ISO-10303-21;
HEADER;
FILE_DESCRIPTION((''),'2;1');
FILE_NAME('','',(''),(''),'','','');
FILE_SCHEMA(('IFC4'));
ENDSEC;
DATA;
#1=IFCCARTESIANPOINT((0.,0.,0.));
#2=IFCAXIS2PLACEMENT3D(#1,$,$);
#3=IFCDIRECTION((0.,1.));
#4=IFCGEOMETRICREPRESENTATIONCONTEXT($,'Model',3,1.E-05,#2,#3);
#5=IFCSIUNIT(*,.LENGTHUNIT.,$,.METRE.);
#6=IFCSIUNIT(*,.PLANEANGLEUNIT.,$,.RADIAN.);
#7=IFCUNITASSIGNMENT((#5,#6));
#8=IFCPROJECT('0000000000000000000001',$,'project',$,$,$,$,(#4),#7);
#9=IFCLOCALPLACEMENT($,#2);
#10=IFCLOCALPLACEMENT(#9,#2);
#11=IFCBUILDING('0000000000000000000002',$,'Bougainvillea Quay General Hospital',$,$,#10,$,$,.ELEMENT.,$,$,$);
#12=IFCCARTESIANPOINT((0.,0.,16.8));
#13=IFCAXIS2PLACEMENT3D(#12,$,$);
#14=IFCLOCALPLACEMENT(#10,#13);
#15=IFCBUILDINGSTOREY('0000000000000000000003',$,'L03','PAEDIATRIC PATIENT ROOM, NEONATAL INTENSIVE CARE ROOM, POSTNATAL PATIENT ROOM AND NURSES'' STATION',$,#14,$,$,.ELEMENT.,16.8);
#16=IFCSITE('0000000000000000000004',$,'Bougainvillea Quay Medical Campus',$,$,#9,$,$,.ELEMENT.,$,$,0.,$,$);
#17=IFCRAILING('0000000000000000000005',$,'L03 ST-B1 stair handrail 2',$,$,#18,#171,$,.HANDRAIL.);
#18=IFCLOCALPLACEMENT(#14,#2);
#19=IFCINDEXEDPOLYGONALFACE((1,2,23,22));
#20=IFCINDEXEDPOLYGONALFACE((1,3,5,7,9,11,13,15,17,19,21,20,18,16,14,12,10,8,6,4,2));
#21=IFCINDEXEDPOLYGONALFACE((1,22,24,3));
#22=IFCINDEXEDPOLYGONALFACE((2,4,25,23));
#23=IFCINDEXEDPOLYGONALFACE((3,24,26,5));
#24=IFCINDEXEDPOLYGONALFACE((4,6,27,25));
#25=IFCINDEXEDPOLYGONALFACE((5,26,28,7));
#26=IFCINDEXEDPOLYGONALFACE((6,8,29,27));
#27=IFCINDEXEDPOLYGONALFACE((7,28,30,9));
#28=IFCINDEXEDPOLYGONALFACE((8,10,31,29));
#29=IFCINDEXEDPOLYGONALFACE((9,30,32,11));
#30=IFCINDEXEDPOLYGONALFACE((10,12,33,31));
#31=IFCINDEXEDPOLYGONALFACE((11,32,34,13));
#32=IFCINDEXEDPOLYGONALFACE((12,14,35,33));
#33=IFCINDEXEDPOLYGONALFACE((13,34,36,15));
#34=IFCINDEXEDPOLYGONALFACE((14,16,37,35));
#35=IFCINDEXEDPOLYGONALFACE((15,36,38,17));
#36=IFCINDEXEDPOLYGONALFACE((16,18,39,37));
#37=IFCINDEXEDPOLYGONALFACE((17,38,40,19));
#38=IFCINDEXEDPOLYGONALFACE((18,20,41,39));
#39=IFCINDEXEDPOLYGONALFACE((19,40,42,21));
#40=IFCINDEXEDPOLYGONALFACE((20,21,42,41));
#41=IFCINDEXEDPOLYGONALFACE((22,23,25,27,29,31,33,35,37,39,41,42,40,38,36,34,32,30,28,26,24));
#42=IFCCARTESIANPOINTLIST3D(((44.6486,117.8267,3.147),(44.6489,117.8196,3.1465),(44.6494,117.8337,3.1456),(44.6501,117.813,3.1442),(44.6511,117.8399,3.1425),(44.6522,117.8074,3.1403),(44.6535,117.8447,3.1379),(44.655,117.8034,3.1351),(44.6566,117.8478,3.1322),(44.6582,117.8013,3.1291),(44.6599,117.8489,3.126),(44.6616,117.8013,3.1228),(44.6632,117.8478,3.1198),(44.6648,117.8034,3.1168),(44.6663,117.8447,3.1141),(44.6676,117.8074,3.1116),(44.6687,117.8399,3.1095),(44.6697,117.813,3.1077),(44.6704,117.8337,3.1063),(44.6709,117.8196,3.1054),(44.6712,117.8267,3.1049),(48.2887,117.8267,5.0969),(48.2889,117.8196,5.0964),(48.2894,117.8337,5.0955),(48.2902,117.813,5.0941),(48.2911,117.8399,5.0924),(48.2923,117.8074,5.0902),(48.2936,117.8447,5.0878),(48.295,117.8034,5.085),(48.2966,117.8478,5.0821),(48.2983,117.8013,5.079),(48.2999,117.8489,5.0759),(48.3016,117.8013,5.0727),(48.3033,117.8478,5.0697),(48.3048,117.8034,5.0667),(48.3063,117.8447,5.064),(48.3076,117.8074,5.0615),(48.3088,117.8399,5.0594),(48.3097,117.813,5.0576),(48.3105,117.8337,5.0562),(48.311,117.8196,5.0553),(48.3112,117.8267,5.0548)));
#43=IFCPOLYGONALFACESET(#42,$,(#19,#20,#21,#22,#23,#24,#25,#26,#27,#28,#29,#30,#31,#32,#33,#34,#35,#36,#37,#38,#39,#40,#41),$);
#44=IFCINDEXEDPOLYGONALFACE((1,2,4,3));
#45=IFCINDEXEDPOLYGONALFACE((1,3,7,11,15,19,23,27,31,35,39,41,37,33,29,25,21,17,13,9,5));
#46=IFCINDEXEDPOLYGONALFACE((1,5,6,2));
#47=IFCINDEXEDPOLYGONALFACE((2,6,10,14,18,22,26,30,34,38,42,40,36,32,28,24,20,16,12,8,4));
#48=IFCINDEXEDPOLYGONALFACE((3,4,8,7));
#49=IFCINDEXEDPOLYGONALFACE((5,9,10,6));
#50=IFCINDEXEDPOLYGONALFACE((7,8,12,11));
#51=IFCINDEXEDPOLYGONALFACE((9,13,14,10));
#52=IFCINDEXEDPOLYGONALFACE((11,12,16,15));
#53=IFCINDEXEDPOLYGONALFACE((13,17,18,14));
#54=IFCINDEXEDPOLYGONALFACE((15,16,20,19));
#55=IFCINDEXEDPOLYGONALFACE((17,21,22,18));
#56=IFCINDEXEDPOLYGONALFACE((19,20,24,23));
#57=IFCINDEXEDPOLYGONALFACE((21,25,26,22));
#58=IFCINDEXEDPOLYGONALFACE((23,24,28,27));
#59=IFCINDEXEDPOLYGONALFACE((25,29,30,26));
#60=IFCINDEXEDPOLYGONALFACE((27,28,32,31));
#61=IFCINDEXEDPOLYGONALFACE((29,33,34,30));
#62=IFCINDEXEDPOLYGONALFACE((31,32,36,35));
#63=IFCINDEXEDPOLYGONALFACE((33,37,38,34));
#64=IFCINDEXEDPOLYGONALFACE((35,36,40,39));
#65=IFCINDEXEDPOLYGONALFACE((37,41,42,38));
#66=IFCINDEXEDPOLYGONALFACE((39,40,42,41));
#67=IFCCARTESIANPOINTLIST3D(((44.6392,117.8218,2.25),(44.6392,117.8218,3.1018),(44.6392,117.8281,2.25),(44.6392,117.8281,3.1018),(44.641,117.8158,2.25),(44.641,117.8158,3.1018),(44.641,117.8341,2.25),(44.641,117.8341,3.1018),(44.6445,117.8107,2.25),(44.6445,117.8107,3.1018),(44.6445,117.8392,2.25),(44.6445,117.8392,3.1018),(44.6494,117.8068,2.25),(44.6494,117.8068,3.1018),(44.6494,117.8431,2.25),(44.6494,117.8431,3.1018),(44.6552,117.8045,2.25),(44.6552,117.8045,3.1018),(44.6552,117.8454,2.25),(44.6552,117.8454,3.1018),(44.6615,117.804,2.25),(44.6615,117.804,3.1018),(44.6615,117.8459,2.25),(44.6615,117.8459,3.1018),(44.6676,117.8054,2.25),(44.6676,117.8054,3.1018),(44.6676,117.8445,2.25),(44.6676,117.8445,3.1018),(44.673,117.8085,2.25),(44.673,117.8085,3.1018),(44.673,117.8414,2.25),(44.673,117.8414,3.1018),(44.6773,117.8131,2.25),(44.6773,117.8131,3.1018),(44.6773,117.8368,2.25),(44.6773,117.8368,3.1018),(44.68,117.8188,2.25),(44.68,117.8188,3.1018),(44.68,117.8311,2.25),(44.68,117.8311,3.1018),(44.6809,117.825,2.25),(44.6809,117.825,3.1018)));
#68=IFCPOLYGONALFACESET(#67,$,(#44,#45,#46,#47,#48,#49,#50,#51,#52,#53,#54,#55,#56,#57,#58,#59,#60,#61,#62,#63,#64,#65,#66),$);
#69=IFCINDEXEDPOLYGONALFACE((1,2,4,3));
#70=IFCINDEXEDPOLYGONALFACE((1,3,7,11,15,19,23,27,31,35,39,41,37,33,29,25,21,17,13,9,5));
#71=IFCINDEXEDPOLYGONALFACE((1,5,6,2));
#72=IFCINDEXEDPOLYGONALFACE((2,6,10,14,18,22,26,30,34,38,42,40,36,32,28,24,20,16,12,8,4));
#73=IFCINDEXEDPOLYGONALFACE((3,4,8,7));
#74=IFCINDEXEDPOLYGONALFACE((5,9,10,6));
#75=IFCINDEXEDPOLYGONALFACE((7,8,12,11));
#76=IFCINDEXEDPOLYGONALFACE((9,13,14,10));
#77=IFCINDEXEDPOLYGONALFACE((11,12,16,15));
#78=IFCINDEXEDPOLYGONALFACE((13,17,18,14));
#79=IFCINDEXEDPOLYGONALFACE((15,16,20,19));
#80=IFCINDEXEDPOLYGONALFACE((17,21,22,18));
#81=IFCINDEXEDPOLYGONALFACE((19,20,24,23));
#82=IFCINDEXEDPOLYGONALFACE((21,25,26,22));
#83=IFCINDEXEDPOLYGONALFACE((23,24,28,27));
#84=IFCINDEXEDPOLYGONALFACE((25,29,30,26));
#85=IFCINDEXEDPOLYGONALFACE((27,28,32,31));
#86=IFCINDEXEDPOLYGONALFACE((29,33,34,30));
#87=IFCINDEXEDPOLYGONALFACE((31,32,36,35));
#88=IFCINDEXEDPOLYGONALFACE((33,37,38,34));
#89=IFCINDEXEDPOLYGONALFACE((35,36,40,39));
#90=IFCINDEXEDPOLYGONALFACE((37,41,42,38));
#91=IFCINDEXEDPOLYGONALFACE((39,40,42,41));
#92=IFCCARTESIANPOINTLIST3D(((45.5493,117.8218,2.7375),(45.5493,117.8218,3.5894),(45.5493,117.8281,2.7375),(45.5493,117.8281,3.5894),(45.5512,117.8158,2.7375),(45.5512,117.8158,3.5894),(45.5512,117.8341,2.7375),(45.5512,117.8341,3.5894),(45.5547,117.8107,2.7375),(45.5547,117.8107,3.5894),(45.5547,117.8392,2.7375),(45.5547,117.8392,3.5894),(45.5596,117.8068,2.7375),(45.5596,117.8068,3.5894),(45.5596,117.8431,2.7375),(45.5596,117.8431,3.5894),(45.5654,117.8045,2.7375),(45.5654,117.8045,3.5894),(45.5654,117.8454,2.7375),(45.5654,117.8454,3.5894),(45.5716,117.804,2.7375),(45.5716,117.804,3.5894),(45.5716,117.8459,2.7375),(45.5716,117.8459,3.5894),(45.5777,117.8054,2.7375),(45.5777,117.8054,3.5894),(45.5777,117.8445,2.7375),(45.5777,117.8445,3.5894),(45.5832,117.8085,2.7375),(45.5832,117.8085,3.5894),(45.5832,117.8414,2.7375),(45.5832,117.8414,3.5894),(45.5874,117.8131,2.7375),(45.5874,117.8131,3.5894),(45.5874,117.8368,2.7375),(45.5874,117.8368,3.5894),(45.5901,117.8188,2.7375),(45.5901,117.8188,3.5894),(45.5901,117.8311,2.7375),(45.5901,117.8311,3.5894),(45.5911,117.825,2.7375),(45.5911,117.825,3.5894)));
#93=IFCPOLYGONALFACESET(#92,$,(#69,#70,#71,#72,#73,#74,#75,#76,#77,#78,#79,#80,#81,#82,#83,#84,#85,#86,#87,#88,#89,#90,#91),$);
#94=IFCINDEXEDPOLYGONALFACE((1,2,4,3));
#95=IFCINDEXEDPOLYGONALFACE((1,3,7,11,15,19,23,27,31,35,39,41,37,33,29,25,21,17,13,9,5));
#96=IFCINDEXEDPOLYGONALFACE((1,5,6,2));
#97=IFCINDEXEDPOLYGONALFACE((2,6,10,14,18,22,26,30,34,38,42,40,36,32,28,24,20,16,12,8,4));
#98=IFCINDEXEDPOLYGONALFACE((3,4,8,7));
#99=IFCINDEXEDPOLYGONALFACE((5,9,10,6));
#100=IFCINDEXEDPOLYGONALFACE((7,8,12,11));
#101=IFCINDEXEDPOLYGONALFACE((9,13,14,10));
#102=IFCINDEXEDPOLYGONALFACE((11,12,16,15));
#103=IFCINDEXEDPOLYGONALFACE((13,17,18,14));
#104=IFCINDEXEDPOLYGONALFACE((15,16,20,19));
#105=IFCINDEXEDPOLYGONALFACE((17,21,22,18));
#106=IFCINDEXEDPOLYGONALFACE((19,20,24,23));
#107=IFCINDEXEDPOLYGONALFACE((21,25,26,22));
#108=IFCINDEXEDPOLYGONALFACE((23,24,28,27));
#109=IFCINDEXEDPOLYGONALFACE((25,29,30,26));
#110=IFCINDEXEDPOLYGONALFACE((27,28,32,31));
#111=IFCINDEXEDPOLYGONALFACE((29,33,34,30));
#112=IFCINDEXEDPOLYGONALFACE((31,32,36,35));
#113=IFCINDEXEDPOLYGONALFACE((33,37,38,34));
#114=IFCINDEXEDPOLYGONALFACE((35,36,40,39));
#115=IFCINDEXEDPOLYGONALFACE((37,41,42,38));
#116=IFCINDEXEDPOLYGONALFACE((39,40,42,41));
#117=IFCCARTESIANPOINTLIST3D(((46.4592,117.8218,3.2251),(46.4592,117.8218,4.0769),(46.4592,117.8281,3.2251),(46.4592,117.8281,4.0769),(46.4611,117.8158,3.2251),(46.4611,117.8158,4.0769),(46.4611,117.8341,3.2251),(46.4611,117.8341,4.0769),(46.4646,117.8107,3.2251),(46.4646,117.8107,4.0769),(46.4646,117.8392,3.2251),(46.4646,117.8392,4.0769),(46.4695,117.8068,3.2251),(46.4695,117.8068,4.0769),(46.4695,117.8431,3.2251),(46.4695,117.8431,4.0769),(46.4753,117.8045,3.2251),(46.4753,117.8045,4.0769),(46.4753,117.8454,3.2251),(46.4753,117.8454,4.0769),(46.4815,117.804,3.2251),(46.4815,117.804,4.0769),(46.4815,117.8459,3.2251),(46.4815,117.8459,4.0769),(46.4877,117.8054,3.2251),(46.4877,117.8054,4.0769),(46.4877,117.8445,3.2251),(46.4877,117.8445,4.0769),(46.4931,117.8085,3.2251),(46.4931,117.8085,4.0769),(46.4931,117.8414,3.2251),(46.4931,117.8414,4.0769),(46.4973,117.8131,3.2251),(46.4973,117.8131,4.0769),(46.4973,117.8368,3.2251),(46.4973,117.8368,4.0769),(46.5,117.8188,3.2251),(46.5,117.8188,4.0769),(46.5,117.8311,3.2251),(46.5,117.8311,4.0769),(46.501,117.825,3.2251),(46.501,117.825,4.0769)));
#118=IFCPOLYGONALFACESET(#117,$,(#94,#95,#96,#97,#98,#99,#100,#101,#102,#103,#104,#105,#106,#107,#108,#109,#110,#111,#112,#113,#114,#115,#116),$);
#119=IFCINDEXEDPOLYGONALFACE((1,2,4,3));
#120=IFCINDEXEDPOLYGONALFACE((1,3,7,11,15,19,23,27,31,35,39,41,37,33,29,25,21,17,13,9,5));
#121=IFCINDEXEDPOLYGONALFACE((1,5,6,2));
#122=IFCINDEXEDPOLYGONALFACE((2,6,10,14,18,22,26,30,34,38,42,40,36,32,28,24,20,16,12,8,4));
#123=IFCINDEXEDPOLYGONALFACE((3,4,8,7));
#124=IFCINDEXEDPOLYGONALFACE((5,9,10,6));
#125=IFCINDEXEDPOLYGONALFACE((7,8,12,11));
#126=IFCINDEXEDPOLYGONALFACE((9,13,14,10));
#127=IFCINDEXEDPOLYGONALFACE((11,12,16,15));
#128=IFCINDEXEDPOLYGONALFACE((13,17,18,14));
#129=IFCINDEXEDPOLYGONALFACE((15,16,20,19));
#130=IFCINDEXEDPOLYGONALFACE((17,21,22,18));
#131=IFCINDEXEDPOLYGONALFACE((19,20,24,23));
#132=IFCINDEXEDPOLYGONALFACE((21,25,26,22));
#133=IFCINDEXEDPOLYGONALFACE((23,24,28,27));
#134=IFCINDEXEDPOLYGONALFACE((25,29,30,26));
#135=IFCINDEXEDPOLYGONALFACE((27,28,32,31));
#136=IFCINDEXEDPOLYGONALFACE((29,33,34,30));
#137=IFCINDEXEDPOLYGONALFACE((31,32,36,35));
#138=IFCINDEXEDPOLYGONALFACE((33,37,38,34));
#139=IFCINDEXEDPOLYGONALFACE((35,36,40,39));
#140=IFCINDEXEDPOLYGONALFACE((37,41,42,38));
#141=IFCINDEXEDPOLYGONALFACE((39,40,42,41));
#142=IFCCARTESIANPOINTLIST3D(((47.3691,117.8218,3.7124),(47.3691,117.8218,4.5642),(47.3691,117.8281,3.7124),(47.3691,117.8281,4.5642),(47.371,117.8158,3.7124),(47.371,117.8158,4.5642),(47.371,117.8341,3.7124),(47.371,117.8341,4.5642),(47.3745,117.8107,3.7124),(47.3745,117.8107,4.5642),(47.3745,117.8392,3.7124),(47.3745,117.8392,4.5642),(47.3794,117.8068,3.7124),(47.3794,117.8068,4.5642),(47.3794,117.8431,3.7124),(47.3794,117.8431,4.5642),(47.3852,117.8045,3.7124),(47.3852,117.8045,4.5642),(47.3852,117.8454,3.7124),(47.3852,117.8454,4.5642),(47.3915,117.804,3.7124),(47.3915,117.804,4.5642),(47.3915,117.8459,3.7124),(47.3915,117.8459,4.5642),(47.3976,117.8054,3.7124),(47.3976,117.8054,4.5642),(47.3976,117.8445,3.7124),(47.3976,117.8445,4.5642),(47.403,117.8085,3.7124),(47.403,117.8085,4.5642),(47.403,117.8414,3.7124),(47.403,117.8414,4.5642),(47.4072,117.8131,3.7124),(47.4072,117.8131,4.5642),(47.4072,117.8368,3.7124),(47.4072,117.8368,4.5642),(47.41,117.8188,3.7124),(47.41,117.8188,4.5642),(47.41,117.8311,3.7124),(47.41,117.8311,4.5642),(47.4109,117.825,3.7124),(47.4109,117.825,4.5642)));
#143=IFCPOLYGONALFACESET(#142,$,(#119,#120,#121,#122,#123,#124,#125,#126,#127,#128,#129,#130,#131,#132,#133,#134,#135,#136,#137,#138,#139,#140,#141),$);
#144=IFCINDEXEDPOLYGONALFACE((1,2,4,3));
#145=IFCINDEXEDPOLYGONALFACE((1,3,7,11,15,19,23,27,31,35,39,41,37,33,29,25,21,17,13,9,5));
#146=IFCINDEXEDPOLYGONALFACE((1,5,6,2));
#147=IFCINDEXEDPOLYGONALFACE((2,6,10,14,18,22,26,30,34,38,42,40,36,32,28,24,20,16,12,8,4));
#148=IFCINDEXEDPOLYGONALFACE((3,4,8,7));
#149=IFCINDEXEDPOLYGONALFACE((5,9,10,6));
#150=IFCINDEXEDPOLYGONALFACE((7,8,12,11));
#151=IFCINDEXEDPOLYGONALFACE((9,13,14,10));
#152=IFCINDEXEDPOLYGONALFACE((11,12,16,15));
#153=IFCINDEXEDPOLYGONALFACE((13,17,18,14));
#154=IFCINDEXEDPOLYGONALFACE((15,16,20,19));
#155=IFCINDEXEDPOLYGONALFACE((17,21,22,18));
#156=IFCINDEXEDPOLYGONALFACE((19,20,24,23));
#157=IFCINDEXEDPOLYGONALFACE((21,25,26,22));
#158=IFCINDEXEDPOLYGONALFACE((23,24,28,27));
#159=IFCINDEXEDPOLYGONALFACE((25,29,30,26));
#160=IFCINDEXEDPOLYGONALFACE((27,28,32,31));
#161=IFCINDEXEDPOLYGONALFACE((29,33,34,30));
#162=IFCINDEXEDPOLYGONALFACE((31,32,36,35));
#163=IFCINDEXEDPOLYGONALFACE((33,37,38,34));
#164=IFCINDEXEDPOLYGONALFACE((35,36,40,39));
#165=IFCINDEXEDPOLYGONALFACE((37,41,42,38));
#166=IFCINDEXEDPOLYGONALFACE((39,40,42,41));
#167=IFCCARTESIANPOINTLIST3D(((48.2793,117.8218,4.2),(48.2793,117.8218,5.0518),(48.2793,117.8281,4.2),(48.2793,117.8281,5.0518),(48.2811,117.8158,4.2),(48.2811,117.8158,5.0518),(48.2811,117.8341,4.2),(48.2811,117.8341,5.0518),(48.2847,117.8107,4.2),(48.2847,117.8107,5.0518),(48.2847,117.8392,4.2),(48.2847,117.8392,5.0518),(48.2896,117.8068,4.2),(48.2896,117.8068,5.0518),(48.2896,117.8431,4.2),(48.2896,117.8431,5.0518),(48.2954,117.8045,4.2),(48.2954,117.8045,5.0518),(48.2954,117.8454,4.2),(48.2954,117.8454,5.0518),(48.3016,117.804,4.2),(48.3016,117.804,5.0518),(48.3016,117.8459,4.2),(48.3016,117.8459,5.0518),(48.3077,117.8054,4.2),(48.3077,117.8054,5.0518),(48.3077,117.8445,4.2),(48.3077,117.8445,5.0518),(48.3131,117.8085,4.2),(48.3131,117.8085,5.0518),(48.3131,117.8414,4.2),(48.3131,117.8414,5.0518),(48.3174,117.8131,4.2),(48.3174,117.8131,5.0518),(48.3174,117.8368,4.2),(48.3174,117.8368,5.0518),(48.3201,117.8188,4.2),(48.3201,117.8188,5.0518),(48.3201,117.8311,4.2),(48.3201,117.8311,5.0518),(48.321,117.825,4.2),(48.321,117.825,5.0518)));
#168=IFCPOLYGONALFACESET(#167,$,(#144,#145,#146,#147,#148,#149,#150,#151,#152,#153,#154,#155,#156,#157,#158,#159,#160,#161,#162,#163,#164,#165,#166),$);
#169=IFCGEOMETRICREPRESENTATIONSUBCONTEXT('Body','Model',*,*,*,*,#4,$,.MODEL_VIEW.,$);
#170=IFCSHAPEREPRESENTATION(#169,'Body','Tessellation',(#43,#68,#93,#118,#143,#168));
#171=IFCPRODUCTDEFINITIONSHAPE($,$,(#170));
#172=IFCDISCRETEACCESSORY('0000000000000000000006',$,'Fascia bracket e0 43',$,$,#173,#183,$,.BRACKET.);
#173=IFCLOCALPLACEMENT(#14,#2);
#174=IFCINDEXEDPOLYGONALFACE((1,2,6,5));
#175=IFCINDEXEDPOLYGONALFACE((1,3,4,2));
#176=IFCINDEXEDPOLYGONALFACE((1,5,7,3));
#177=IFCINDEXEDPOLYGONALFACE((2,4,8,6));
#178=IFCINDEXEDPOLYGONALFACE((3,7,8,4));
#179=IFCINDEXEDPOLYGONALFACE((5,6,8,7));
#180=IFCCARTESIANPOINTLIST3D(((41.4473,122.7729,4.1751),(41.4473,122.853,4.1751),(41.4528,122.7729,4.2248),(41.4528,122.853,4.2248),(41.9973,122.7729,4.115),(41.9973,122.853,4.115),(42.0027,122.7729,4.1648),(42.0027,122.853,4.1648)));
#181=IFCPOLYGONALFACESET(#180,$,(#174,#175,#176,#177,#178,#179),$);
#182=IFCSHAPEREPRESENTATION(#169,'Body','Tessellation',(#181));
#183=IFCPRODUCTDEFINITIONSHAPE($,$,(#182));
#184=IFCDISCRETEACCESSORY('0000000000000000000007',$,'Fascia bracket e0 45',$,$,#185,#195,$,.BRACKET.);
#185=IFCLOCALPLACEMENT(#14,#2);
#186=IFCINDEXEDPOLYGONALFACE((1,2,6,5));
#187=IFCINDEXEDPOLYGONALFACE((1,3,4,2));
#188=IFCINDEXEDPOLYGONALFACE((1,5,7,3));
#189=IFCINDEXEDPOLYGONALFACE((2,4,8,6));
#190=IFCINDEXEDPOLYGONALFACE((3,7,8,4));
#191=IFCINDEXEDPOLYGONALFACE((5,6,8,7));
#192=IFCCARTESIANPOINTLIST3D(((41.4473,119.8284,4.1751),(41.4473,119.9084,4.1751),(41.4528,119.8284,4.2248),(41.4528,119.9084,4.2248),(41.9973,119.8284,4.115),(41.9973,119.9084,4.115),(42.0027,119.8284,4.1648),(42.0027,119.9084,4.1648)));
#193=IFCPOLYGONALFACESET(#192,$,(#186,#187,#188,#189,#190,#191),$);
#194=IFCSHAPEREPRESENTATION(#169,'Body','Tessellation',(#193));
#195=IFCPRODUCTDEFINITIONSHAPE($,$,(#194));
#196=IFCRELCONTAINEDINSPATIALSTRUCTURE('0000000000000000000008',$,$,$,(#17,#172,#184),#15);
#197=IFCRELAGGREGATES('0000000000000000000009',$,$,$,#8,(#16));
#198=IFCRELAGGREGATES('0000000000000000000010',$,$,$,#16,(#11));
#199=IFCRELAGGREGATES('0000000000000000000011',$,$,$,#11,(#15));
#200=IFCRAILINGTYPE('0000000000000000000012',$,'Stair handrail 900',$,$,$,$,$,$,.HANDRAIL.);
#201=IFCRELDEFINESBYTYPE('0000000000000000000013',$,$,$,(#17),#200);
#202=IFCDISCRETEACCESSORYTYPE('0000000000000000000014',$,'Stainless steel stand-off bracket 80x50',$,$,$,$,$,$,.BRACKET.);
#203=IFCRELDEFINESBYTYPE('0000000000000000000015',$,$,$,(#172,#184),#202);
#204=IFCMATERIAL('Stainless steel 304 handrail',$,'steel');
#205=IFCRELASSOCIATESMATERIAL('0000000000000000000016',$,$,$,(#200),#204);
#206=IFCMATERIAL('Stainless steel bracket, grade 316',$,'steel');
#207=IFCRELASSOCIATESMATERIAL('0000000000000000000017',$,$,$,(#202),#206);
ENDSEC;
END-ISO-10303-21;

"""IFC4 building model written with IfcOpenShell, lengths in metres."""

from ifc_helpers import new_model, si_unit, direction, frame, origin, origin_2d, place, context, subcontext, project, spatial, rectangle, circle, extrude, material, material_profile, profile_set, type_object, element, save


model = new_model("IFC4")

# Units and contexts
model_context = context("Model", 3, precision=1e-05, world=origin(), true_north=direction((0.0, 1.0)))
body_context = subcontext(model_context, "Body", "Model", "MODEL_VIEW")
ifc_project = project(units=[si_unit("LENGTHUNIT", "METRE"), si_unit("PLANEANGLEUNIT", "RADIAN")], contexts=[model_context])

# Site, building, storey
site_placement = place(None, origin())
site = spatial("IfcSite", under=ifc_project, at=site_placement, Name="Bougainvillea Quay Medical Campus", CompositionType="ELEMENT", RefElevation=0.0)
building_placement = place(site_placement, origin())
building = spatial("IfcBuilding", under=site, at=building_placement, Name="Bougainvillea Quay General Hospital", CompositionType="ELEMENT")
storey_placement = place(building_placement, frame((0.0, 0.0, 16.8)))
storey = spatial("IfcBuildingStorey", under=building, at=storey_placement, Name="L03", Description="PAEDIATRIC PATIENT ROOM, NEONATAL INTENSIVE CARE ROOM, POSTNATAL PATIENT ROOM AND NURSES' STATION", CompositionType="ELEMENT", Elevation=16.8)

# Railing
ifc_material_1 = material(Name="Stainless steel 304 handrail", Category="steel")
railing_type_1 = type_object("IfcRailingType", Name="Stair handrail 900", PredefinedType="HANDRAIL", material=ifc_material_1)
railing_1_placement = place(storey_placement, frame((44.6599, 117.825, 2.25)))
element("IfcRailing", 1, at=railing_1_placement, inside=storey, type_object=railing_type_1, Name="L03 ST-B1 stair handrail 2", PredefinedType="HANDRAIL", context=body_context, shape_type="SweptSolid", body=[
    extrude(circle(Radius=0.0239, at=origin_2d()), frame((0.0, 0.0, 0.876), z_axis=(0.881492, 0.0, 0.472198), x_axis=(0.0, 1.0, 0.0)), (0.0, 0.0, 1.0), 4.1294),
    extrude(circle(Radius=0.021, at=origin_2d()), origin(), (0.0, 0.0, 1.0), 0.8518),
    extrude(circle(Radius=0.021, at=origin_2d()), frame((0.9102, 0.0, 0.4875)), (0.0, 0.0, 1.0), 0.8518),
    extrude(circle(Radius=0.021, at=origin_2d()), frame((1.8201, 0.0, 0.9751)), (0.0, 0.0, 1.0), 0.8518),
    extrude(circle(Radius=0.021, at=origin_2d()), frame((2.73, 0.0, 1.4624)), (0.0, 0.0, 1.0), 0.8518),
    extrude(circle(Radius=0.021, at=origin_2d()), frame((3.6401, 0.0, 1.95)), (0.0, 0.0, 1.0), 0.8518),
])

# Discrete accessories
ifc_material_2 = material(Name="Stainless steel bracket, grade 316", Category="steel")
ifc_material_profile_1 = material_profile(ifc_material_2, rectangle(XDim=0.0801, YDim=0.05, at=origin_2d()))
ifc_profile_set_1 = profile_set([ifc_material_profile_1], Name="Stainless steel bracket, grade 316")
discrete_accessory_type = type_object("IfcDiscreteAccessoryType", Name="Stainless steel stand-off bracket 80x50", PredefinedType="BRACKET", material=ifc_profile_set_1)
for number, where, z_axis, x_axis, name in (
    (2, (42.0, 122.813, 4.1399), (-0.994092, 0.0, 0.108543), (0.0, -1.0, 0.0), "Fascia bracket e0 43"),
    (3, (42.0, 119.8684, 4.1399), (-0.994092, 0.0, 0.108543), (0.0, -1.0, 0.0), "Fascia bracket e0 45"),
):
    element("IfcDiscreteAccessory", number, at=place(storey_placement, frame(where, z_axis=z_axis, x_axis=x_axis)), inside=storey, type_object=discrete_accessory_type, Name=name, PredefinedType="BRACKET", context=body_context, shape_type="SweptSolid", body=[
        extrude(rectangle(XDim=0.0801, YDim=0.05, at=origin_2d()), origin(), (0.0, 0.0, 1.0), 0.5532),
    ])

save(model, "model.ifc")
